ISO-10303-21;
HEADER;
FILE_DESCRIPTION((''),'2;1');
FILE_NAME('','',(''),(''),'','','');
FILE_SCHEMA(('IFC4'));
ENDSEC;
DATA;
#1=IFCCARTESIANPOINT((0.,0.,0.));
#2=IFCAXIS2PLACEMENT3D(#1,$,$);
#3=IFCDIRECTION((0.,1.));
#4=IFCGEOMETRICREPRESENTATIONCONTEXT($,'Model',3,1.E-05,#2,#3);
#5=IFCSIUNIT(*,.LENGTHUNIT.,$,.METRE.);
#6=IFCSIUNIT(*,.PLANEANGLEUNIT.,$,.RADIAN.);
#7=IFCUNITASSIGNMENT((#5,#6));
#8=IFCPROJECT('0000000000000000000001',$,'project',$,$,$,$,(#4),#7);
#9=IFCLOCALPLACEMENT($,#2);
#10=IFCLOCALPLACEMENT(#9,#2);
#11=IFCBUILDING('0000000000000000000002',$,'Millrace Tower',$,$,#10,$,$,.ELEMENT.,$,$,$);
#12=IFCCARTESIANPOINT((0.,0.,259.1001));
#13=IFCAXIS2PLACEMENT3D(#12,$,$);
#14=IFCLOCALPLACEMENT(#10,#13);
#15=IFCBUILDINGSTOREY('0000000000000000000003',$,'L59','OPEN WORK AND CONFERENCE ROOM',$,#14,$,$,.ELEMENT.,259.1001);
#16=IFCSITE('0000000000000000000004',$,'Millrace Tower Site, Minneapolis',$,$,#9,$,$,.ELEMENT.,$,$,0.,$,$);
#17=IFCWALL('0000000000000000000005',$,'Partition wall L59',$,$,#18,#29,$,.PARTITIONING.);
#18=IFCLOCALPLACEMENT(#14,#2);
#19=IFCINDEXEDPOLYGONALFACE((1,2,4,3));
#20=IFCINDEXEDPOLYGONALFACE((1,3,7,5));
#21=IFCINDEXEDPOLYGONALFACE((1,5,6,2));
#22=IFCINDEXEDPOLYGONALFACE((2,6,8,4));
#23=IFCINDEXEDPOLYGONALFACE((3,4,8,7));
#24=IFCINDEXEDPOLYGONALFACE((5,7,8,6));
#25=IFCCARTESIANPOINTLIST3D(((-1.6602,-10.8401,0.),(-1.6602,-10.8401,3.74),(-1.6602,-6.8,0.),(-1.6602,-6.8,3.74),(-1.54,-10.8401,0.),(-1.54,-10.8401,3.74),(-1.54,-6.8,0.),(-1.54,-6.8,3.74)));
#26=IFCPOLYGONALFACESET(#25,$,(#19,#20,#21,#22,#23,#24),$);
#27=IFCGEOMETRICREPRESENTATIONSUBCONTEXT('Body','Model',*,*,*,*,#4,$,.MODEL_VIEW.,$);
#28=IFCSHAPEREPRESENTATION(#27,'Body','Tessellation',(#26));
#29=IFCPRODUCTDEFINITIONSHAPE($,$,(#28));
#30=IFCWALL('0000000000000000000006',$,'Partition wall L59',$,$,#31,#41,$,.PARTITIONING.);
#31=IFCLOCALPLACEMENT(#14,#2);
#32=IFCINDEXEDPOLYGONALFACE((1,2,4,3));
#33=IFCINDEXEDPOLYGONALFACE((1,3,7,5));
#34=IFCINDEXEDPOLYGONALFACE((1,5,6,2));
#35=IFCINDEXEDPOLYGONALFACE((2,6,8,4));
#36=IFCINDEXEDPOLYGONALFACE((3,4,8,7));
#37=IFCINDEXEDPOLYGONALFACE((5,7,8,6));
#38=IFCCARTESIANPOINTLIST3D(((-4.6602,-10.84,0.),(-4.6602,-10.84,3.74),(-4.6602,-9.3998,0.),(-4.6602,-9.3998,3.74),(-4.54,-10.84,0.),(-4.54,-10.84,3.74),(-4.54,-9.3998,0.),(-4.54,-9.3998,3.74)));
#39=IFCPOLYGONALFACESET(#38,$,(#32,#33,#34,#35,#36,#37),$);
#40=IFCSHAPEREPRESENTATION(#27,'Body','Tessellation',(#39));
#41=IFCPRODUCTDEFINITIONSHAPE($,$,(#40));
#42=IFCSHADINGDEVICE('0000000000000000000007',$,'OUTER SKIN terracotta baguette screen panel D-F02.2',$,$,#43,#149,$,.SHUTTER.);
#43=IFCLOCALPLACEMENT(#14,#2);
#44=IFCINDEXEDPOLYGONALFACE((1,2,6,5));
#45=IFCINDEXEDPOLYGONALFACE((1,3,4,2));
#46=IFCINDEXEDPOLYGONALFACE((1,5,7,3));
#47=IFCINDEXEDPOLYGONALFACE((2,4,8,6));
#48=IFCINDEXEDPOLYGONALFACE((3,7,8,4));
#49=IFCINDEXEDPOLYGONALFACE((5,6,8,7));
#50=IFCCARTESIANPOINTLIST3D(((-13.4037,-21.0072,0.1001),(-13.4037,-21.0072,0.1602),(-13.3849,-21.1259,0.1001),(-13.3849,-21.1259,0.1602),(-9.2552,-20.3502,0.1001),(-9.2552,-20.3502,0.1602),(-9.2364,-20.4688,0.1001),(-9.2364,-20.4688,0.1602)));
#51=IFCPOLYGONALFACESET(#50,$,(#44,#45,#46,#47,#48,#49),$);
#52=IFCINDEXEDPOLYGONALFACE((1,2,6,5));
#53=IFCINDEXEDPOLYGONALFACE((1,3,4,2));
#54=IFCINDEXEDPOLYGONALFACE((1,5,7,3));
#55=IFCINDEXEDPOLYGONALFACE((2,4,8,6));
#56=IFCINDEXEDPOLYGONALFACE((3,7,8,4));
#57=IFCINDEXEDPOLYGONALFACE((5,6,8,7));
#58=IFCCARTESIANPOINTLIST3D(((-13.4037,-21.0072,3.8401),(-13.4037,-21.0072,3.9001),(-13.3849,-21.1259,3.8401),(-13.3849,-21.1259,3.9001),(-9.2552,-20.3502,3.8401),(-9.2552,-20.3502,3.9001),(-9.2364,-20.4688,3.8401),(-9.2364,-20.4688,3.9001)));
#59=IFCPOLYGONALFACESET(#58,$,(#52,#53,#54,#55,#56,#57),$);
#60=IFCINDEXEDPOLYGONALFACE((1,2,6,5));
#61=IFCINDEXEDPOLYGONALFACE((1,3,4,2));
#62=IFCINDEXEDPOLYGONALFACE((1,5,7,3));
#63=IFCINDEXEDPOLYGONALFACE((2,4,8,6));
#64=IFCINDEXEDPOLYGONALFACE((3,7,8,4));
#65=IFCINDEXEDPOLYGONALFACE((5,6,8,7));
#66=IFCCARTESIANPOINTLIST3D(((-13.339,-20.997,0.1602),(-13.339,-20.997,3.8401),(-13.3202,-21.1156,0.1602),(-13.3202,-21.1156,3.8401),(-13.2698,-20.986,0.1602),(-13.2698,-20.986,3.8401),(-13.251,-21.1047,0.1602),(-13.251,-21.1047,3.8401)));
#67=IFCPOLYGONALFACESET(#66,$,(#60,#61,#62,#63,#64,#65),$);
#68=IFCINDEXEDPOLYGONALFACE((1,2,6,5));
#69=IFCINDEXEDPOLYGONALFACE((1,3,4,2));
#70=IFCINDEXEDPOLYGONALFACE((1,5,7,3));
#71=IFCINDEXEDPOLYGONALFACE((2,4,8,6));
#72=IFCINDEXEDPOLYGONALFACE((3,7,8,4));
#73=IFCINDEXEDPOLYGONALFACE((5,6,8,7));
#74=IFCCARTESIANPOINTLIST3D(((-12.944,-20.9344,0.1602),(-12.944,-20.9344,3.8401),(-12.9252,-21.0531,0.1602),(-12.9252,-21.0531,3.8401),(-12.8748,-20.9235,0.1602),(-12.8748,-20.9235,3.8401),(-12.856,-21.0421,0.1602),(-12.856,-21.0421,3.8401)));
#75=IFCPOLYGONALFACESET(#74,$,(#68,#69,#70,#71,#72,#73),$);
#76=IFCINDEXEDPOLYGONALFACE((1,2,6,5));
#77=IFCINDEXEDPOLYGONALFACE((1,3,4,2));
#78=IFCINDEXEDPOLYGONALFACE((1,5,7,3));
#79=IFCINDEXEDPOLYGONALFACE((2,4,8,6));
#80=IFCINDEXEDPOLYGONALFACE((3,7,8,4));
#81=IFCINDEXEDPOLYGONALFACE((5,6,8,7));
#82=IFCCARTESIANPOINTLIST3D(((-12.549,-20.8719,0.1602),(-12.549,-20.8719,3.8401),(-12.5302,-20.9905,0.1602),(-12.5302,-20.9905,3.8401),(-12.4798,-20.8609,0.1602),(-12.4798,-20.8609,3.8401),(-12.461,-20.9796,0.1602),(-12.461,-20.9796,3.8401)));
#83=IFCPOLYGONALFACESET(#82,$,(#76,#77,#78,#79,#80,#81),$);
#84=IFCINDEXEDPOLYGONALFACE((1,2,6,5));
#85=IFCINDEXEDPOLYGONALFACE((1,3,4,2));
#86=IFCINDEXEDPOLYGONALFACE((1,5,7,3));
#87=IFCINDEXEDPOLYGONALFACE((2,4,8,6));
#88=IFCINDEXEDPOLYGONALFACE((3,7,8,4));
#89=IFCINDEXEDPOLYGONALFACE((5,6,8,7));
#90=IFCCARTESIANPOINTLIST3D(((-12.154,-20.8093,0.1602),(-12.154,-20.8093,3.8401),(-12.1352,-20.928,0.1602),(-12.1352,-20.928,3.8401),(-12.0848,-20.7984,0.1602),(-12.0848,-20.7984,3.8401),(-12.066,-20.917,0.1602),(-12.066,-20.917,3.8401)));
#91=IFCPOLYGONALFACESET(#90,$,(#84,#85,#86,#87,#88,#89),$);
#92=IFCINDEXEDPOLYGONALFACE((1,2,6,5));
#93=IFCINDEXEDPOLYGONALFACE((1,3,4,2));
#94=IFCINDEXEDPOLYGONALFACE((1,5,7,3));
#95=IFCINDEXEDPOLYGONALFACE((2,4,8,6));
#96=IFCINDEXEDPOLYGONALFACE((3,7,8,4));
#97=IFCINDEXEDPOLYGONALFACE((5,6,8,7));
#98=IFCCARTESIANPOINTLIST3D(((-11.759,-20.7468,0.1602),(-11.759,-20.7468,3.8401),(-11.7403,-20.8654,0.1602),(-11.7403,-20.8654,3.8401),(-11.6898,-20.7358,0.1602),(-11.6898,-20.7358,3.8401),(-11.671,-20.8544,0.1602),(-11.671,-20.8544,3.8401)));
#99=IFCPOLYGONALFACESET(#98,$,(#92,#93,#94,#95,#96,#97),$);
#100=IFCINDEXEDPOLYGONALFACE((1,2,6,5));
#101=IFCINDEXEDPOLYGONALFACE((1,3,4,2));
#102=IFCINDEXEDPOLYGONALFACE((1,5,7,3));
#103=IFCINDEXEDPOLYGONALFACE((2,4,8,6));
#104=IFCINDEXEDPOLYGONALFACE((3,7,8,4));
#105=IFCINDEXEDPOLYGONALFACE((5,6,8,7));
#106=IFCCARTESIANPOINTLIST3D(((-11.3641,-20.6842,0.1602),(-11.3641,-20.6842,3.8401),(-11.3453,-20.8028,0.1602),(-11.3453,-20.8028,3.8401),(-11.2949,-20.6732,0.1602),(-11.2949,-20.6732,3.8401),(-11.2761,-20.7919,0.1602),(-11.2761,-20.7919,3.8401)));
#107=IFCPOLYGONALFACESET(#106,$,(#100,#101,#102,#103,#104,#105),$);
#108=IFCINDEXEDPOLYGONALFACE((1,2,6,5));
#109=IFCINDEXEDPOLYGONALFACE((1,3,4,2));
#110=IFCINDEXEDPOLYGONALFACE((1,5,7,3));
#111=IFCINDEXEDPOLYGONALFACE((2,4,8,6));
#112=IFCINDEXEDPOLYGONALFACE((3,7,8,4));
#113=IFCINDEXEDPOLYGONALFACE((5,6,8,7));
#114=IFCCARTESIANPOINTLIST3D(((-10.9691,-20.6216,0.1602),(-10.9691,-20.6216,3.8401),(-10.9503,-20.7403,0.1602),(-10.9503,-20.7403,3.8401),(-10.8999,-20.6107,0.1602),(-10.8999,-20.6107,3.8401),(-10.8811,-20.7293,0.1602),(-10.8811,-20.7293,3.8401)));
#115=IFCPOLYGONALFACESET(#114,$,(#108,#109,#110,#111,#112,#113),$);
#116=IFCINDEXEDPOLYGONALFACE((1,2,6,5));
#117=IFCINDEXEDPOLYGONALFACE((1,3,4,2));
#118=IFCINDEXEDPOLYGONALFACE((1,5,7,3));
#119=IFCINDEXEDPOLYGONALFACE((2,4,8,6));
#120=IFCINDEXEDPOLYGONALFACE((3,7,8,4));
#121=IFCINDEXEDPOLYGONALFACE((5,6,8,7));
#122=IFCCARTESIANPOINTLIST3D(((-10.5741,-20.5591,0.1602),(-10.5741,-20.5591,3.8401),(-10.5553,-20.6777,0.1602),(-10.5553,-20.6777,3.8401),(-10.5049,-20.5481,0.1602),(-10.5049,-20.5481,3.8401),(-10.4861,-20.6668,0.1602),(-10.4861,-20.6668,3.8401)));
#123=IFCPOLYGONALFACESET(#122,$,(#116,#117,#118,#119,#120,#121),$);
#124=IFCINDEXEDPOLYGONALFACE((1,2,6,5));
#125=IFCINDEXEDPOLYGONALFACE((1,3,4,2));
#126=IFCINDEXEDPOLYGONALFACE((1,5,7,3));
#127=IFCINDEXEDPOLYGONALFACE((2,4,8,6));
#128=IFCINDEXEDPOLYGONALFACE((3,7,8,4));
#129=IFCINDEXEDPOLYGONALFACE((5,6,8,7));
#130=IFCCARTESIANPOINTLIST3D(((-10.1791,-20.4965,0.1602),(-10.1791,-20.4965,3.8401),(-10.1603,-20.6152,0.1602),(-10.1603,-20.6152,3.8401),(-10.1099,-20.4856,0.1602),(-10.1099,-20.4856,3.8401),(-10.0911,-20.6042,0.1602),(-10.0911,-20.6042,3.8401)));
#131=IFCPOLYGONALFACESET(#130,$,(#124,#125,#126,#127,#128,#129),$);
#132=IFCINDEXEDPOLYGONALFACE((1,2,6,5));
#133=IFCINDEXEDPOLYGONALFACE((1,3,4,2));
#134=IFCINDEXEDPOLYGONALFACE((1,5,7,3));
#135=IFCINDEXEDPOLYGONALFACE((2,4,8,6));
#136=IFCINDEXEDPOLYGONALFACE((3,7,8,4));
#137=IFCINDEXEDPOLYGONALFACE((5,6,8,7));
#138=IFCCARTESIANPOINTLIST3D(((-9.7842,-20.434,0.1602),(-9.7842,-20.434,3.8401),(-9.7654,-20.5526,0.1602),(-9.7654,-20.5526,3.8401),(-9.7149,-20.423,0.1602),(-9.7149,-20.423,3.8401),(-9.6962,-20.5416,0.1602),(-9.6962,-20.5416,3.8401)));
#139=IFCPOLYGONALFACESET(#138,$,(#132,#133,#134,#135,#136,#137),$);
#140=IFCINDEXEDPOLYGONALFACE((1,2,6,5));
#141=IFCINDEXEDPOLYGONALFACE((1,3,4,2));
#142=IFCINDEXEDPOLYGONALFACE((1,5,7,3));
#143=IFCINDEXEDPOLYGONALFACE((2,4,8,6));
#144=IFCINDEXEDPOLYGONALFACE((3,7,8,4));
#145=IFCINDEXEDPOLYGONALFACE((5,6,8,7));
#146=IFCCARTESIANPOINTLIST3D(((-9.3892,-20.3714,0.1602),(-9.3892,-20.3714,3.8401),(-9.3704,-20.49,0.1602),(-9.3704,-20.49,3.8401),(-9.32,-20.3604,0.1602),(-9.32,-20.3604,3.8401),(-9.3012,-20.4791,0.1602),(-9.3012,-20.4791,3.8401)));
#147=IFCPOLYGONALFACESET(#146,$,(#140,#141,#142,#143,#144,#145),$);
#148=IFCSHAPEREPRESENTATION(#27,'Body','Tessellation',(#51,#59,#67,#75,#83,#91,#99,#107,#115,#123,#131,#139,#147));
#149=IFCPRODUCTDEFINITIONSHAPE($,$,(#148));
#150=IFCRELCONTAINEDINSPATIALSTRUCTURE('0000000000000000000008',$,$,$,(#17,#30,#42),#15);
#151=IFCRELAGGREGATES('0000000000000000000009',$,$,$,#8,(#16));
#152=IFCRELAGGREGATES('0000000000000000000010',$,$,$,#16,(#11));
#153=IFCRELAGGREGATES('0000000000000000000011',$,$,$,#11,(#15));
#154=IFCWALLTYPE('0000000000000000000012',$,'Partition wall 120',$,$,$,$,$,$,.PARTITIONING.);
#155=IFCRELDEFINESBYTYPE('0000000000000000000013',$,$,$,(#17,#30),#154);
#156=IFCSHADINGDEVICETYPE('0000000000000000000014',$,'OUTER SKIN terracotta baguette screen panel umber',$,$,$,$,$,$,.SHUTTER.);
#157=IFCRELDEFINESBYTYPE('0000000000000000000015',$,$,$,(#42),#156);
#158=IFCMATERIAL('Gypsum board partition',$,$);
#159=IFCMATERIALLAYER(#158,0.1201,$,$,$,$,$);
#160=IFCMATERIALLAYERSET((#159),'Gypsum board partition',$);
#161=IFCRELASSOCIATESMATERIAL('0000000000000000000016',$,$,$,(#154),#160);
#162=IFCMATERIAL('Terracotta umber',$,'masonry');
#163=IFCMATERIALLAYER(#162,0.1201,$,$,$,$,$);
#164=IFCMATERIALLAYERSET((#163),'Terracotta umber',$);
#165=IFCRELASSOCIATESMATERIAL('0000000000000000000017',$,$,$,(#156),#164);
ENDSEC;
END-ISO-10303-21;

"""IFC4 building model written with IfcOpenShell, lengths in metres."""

from ifc_helpers import new_model, entity, si_unit, direction, frame, frame_2d, origin, origin_2d, place, context, subcontext, project, spatial, rectangle, extrude, source, transform, mapped, material, layer, layer_set, type_object, element, save


model = new_model("IFC4")

# Units and contexts
model_context = context("Model", 3, precision=1e-05, world=origin(), true_north=direction((0.0, 1.0)))
body_context = subcontext(model_context, "Body", "Model", "MODEL_VIEW")
ifc_project = project(units=[si_unit("LENGTHUNIT", "METRE"), si_unit("PLANEANGLEUNIT", "RADIAN")], contexts=[model_context])

# Site, building, storey
site_placement = place(None, origin())
site = spatial("IfcSite", under=ifc_project, at=site_placement, Name="Millrace Tower Site, Minneapolis", CompositionType="ELEMENT", RefElevation=0.0)
building_placement = place(site_placement, origin())
building = spatial("IfcBuilding", under=site, at=building_placement, Name="Millrace Tower", CompositionType="ELEMENT")
storey_placement = place(building_placement, frame((0.0, 0.0, 259.1001)))
storey = spatial("IfcBuildingStorey", under=building, at=storey_placement, Name="L59", Description="OPEN WORK AND CONFERENCE ROOM", CompositionType="ELEMENT", Elevation=259.1001)

# Walls
ifc_material_1 = material(Name="Gypsum board partition")
ifc_layer_1 = layer(ifc_material_1, 0.1201)
ifc_layer_set_1 = layer_set([ifc_layer_1], Name="Gypsum board partition")
wall_type_1 = type_object("IfcWallType", Name="Partition wall 120", PredefinedType="PARTITIONING", material=ifc_layer_set_1)
wall_1_placement = place(storey_placement, frame((-1.6001, -10.8401, 0.0), z_axis=(0.0, 0.0, 1.0), x_axis=(0.0, 1.0, 0.0)))
element("IfcWall", 1, at=wall_1_placement, inside=storey, type_object=wall_type_1, Name="Partition wall L59", PredefinedType="PARTITIONING", context=body_context, shape_type="SweptSolid", body=[
    extrude(rectangle(XDim=4.04, YDim=0.1201, at=frame_2d((2.02, 0.0))), origin(), (0.0, 0.0, 1.0), 3.74),
])
wall_2_placement = place(storey_placement, frame((-4.6001, -10.8401, 0.0), z_axis=(0.0, 0.0, 1.0), x_axis=(0.0, 1.0, 0.0)))
element("IfcWall", 2, at=wall_2_placement, inside=storey, type_object=wall_type_1, Name="Partition wall L59", PredefinedType="PARTITIONING", context=body_context, shape_type="SweptSolid", body=[
    extrude(rectangle(XDim=1.4402, YDim=0.1201, at=frame_2d((0.7202, 0.0))), origin(), (0.0, 0.0, 1.0), 3.74),
])

# Shading device
ifc_material_2 = material(Name="Terracotta umber", Category="masonry")
ifc_layer_2 = layer(ifc_material_2, 0.1201)
ifc_layer_set_2 = layer_set([ifc_layer_2], Name="Terracotta umber")
shading_device_type = type_object("IfcShadingDeviceType", Name="OUTER SKIN terracotta baguette screen panel umber", PredefinedType="SHUTTER", material=ifc_layer_set_2)
cartesian_point = entity("IfcCartesianPoint", [-2.1001, 0.0601])
shared_polyline = entity("IfcPolyline", [cartesian_point, entity("IfcCartesianPoint", [2.1001, 0.0601]), entity("IfcCartesianPoint", [2.1001, -0.0601]), entity("IfcCartesianPoint", [-2.1001, -0.0601]), cartesian_point])
shared_shape = source(origin(), body_context, "Body", "SweptSolid", [
    entity("IfcExtrudedAreaSolid", entity("IfcArbitraryClosedProfileDef", "AREA", None, shared_polyline), entity("IfcAxis2Placement3D", entity("IfcCartesianPoint", [0.0, 0.0, 0.0])), entity("IfcDirection", [0.0, 0.0, 1.0]), 0.0601),
    entity("IfcExtrudedAreaSolid", entity("IfcArbitraryClosedProfileDef", "AREA", None, shared_polyline), entity("IfcAxis2Placement3D", entity("IfcCartesianPoint", [0.0, 0.0, 3.74])), entity("IfcDirection", [0.0, 0.0, 1.0]), 0.0601),
    extrude(rectangle(XDim=0.0701, YDim=0.1201, at=frame_2d((-1.9995, 0.0))), frame((0.0, 0.0, 0.0601)), (0.0, 0.0, 1.0), 3.6799),
    extrude(rectangle(XDim=0.0701, YDim=0.1201, at=frame_2d((-1.5996, 0.0))), frame((0.0, 0.0, 0.0601)), (0.0, 0.0, 1.0), 3.6799),
    extrude(rectangle(XDim=0.0701, YDim=0.1201, at=frame_2d((-1.1997, 0.0))), frame((0.0, 0.0, 0.0601)), (0.0, 0.0, 1.0), 3.6799),
    extrude(rectangle(XDim=0.0701, YDim=0.1201, at=frame_2d((-0.7998, 0.0))), frame((0.0, 0.0, 0.0601)), (0.0, 0.0, 1.0), 3.6799),
    extrude(rectangle(XDim=0.0701, YDim=0.1201, at=frame_2d((-0.3999, 0.0))), frame((0.0, 0.0, 0.0601)), (0.0, 0.0, 1.0), 3.6799),
    extrude(rectangle(XDim=0.0701, YDim=0.1201, at=origin_2d()), frame((0.0, 0.0, 0.0601)), (0.0, 0.0, 1.0), 3.6799),
    extrude(rectangle(XDim=0.0701, YDim=0.1201, at=frame_2d((0.3999, 0.0))), frame((0.0, 0.0, 0.0601)), (0.0, 0.0, 1.0), 3.6799),
    extrude(rectangle(XDim=0.0701, YDim=0.1201, at=frame_2d((0.7998, 0.0))), frame((0.0, 0.0, 0.0601)), (0.0, 0.0, 1.0), 3.6799),
    extrude(rectangle(XDim=0.0701, YDim=0.1201, at=frame_2d((1.1997, 0.0))), frame((0.0, 0.0, 0.0601)), (0.0, 0.0, 1.0), 3.6799),
    extrude(rectangle(XDim=0.0701, YDim=0.1201, at=frame_2d((1.5996, 0.0))), frame((0.0, 0.0, 0.0601)), (0.0, 0.0, 1.0), 3.6799),
    extrude(rectangle(XDim=0.0701, YDim=0.1201, at=frame_2d((1.9995, 0.0))), frame((0.0, 0.0, 0.0601)), (0.0, 0.0, 1.0), 3.6799),
])
for number, where, z_axis, x_axis, name in (
    (3, (-11.3201, -20.738, 0.1001), (0.0, 0.0, 1.0), (0.987688, 0.156434, 0.0), "OUTER SKIN terracotta baguette screen panel D-F02.2"),
):
    element("IfcShadingDevice", number, at=place(storey_placement, frame(where, z_axis=z_axis, x_axis=x_axis)), inside=storey, type_object=shading_device_type, Name=name, PredefinedType="SHUTTER", context=body_context, shape_type="MappedRepresentation", body=[
        mapped(shared_shape, transform((0.0, 0.0, 0.0), scale=1.0)),
    ])

save(model, "model.ifc")
